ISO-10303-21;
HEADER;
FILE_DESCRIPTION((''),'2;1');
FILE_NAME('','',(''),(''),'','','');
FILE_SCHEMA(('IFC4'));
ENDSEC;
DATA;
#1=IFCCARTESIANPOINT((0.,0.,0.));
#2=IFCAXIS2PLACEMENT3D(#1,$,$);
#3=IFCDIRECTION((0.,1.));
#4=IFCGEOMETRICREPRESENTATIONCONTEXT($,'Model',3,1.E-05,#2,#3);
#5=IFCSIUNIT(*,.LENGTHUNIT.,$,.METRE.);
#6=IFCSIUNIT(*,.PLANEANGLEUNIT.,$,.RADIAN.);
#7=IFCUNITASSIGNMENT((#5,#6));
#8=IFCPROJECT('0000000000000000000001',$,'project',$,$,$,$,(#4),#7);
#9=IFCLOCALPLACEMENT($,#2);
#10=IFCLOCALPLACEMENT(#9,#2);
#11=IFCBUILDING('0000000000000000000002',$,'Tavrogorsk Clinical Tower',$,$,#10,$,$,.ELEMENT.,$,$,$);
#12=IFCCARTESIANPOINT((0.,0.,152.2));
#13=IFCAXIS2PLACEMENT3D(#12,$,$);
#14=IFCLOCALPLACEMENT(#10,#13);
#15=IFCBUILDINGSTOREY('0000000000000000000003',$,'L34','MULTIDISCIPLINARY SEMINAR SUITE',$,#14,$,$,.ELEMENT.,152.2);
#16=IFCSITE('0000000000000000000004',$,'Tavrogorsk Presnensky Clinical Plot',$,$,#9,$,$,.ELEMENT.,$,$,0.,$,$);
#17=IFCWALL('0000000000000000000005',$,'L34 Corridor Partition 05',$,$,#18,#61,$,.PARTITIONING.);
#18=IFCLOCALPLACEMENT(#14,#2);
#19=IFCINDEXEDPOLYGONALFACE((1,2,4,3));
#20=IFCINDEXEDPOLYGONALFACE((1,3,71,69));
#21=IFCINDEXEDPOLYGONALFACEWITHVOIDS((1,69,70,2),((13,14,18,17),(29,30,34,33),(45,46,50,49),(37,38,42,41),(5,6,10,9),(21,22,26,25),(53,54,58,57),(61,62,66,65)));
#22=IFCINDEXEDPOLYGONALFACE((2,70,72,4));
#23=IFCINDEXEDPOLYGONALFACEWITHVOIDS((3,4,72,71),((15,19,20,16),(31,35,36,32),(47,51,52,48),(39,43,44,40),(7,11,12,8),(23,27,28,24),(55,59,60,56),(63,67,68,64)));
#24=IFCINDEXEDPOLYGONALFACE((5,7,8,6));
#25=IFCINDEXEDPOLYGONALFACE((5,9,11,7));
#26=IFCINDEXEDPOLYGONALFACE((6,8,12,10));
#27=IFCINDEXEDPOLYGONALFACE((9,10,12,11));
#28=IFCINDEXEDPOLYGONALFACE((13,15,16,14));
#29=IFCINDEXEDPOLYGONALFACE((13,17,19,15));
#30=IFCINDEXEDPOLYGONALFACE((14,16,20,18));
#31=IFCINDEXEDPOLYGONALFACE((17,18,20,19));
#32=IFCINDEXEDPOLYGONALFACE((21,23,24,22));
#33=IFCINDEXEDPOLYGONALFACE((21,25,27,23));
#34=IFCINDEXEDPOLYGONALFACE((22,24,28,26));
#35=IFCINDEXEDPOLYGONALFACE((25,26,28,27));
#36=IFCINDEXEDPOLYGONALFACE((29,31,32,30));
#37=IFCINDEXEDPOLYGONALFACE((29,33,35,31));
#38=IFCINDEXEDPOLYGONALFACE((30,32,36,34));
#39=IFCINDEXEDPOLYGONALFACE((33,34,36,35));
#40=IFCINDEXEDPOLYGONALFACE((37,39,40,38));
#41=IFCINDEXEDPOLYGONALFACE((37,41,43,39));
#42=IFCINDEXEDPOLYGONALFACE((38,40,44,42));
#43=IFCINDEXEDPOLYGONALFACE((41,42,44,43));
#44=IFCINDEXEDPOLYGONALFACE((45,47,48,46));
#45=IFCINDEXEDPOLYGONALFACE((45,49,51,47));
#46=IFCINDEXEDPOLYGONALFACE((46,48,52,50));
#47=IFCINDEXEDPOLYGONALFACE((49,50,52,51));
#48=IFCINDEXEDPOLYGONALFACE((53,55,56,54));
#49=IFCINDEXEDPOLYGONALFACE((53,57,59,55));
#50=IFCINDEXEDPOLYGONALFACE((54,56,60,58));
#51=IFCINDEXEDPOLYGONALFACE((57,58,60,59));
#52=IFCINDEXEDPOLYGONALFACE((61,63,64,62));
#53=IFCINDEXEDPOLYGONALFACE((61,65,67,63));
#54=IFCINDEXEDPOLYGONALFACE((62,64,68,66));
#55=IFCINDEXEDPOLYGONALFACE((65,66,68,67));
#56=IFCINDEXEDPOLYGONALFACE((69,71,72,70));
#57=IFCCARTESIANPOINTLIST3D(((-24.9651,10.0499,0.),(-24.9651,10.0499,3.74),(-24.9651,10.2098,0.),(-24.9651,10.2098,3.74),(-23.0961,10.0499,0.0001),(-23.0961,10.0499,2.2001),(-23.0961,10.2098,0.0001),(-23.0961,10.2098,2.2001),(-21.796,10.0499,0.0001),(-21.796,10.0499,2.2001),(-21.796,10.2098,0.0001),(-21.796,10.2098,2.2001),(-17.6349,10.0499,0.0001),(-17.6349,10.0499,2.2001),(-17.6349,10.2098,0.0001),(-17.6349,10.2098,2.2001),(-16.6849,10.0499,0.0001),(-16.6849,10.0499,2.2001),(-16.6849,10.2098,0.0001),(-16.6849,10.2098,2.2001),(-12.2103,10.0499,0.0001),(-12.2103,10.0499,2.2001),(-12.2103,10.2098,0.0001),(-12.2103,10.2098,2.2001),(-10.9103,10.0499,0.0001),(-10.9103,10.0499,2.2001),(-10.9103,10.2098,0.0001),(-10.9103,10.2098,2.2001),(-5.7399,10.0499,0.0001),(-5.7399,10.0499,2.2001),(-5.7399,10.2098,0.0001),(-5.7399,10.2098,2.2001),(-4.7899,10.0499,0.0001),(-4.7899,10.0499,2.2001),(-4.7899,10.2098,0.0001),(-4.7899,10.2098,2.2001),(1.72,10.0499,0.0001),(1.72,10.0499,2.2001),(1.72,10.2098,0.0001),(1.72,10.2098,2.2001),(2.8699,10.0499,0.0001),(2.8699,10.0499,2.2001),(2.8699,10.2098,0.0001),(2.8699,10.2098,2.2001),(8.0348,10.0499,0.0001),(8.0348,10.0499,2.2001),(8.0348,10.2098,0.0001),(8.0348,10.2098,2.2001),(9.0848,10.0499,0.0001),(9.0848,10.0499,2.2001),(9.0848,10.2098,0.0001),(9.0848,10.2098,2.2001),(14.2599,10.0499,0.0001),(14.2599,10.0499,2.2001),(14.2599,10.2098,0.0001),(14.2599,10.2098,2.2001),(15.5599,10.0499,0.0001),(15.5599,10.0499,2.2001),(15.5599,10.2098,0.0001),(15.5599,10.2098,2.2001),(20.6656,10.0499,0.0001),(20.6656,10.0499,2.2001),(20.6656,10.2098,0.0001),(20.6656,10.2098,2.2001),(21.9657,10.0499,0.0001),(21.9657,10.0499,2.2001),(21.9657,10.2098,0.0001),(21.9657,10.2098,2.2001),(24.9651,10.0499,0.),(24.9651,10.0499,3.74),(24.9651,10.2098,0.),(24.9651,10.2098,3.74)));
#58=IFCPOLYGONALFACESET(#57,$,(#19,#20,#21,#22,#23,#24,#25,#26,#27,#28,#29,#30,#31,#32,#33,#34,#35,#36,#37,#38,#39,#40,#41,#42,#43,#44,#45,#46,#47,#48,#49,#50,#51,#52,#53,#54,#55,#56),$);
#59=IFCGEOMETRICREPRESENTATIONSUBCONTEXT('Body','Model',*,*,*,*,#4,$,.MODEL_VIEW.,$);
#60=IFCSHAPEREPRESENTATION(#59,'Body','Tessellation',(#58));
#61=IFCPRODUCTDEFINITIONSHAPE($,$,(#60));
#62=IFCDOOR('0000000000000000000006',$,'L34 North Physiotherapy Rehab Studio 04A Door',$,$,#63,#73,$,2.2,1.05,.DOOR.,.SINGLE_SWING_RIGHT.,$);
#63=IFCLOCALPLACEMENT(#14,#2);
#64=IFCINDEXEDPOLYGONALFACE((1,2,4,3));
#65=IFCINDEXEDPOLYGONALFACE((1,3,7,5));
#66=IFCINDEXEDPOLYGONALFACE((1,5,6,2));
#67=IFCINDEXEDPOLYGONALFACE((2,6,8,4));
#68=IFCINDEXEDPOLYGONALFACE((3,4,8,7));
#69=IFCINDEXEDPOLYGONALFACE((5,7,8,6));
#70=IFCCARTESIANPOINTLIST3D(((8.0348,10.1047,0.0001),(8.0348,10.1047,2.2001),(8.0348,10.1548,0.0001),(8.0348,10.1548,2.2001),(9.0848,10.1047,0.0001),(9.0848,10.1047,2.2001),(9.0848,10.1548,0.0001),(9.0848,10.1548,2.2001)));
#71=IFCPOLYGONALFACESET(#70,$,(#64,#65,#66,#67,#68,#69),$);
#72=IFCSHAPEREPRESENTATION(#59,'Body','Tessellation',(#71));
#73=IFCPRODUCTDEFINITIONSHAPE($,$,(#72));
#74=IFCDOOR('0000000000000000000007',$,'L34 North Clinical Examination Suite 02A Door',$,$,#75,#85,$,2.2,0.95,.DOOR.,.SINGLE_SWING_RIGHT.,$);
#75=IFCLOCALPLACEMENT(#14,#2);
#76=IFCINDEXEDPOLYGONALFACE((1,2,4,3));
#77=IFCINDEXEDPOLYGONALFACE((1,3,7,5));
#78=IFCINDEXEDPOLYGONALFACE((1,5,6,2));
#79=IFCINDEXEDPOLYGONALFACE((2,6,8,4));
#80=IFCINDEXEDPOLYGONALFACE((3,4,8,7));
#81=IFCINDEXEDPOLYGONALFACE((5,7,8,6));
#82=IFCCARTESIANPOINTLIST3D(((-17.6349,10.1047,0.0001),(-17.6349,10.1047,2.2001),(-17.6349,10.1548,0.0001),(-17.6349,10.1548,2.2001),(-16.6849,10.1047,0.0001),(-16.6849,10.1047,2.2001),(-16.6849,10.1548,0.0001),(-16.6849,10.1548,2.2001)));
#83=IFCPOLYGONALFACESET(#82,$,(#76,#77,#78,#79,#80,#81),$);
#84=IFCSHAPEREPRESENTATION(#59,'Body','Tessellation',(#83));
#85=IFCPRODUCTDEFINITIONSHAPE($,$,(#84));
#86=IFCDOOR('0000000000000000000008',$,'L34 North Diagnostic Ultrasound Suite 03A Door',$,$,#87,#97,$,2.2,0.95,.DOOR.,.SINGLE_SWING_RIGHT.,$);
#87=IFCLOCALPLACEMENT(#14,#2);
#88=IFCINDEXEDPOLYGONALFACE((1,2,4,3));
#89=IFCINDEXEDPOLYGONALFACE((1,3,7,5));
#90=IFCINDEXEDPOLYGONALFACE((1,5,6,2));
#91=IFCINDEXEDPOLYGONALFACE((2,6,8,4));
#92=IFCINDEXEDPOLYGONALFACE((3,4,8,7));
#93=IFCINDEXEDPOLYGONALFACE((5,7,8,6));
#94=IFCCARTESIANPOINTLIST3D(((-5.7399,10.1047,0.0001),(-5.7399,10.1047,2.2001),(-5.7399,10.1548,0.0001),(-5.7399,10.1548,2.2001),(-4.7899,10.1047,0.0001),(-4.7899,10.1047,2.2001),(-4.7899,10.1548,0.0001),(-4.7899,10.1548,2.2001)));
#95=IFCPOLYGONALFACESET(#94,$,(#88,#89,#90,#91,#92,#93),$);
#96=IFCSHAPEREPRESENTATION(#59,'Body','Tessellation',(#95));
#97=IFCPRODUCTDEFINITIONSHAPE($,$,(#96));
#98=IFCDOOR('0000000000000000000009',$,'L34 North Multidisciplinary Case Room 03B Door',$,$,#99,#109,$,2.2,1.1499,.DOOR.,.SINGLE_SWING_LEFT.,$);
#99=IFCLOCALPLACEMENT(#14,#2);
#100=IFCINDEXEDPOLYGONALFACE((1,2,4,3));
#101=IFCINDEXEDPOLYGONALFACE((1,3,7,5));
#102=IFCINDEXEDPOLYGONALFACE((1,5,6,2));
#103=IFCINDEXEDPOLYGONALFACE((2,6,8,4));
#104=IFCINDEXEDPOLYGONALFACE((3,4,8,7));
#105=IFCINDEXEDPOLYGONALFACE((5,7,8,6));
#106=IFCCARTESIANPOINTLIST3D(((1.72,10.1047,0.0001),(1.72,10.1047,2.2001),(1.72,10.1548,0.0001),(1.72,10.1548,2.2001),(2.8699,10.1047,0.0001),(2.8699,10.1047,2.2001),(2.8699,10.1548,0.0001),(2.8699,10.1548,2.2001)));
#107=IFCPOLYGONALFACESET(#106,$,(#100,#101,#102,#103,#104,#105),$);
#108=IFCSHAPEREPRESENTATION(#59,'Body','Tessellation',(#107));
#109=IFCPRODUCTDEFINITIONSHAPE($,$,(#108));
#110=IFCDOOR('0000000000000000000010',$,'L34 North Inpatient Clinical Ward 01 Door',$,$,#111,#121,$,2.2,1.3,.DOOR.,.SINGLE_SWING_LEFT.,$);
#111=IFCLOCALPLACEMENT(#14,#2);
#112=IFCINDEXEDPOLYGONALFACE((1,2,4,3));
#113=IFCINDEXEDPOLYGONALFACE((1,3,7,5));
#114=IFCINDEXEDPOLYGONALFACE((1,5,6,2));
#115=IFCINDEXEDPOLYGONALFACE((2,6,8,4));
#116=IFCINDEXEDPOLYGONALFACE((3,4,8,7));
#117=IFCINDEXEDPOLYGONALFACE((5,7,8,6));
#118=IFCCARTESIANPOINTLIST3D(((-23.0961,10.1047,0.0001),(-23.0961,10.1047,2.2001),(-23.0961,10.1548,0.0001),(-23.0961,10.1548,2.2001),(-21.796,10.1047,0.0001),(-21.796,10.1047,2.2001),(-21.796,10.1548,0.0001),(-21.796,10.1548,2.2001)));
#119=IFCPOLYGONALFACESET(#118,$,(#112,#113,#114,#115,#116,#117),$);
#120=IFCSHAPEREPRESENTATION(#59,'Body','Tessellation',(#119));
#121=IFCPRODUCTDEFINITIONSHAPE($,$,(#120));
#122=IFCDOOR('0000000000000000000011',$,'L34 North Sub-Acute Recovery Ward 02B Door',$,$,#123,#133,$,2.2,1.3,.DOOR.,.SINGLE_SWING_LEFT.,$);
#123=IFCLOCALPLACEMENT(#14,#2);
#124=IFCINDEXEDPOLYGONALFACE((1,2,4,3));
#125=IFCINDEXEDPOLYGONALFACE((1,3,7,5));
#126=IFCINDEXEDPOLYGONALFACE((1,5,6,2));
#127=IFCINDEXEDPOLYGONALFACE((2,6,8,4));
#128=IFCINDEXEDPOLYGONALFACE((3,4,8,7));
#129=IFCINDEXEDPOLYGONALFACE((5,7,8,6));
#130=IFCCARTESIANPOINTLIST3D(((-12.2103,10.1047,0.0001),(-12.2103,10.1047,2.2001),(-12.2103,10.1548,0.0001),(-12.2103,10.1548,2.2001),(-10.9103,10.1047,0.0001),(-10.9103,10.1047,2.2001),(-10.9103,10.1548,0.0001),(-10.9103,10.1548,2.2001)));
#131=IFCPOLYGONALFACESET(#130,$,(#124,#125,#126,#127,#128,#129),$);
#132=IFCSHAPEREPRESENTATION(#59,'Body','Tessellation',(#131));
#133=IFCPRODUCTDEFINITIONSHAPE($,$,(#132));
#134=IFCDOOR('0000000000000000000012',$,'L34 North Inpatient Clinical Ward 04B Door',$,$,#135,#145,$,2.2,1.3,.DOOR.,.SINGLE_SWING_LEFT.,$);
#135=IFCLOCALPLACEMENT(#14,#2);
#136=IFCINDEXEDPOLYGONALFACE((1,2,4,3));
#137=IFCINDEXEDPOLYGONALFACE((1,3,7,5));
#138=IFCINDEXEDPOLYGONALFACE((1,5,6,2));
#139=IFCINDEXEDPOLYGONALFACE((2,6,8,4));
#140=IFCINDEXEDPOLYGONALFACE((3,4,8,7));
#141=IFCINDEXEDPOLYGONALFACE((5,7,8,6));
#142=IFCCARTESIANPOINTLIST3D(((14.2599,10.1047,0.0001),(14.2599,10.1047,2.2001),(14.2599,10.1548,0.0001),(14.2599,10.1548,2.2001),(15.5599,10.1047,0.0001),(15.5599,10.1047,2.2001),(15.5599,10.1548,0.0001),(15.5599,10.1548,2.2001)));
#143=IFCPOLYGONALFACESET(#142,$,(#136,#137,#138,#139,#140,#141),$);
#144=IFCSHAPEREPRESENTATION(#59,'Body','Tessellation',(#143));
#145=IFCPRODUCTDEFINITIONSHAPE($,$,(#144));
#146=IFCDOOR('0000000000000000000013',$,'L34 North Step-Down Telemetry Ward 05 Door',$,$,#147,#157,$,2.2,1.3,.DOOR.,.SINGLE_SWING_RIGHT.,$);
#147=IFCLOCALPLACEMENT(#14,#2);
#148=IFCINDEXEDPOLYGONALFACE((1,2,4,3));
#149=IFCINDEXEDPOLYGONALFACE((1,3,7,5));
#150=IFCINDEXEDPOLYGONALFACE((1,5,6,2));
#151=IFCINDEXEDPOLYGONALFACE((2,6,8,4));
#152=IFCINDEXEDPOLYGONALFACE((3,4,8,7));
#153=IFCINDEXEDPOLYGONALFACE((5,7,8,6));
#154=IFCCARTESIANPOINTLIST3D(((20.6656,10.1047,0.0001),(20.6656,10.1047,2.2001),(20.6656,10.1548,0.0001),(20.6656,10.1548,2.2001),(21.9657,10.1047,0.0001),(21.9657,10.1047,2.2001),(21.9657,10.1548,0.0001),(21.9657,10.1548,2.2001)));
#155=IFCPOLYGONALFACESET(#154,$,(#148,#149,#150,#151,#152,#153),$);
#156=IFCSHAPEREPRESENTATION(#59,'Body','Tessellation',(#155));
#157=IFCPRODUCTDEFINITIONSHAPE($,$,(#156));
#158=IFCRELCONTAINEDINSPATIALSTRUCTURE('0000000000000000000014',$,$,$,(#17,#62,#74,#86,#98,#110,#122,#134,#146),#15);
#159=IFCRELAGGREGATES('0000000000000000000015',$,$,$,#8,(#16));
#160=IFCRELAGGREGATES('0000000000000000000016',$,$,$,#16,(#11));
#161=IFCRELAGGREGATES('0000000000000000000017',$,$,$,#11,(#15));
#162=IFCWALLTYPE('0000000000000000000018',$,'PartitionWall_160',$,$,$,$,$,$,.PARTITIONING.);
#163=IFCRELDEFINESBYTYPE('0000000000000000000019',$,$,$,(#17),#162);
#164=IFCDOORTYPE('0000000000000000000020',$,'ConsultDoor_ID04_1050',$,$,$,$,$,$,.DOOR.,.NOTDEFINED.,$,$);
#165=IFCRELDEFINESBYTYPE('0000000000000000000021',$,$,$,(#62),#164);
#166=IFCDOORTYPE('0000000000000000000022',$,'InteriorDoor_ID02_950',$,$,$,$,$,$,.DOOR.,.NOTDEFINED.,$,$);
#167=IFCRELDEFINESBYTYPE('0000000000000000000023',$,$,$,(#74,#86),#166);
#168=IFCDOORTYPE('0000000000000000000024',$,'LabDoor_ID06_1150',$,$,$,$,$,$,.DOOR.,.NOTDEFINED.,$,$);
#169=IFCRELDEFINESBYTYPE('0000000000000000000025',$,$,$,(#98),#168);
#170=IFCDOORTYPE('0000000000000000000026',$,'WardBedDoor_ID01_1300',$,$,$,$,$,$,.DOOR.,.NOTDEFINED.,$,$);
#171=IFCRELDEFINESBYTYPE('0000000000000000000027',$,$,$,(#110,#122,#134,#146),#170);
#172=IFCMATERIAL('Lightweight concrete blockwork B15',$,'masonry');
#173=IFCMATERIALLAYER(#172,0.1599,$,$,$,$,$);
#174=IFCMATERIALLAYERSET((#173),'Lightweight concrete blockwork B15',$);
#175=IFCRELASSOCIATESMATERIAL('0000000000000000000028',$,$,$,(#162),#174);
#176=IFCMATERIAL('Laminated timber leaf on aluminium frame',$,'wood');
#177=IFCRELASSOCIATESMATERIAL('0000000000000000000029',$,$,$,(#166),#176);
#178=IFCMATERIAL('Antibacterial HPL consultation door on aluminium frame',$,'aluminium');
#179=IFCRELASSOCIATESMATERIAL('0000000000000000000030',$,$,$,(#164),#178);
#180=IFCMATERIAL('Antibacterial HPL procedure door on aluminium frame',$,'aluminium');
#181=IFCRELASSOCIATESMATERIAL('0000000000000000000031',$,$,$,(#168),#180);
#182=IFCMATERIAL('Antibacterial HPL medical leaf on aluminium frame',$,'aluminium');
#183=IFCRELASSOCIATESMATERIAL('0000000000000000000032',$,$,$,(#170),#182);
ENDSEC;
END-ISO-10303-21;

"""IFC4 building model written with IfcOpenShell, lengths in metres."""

from ifc_helpers import new_model, si_unit, direction, frame, frame_2d, origin, place, context, subcontext, project, spatial, rectangle, extrude, material, layer, layer_set, type_object, element, fill, save


model = new_model("IFC4")

# Units and contexts
model_context = context("Model", 3, precision=1e-05, world=origin(), true_north=direction((0.0, 1.0)))
body_context = subcontext(model_context, "Body", "Model", "MODEL_VIEW")
ifc_project = project(units=[si_unit("LENGTHUNIT", "METRE"), si_unit("PLANEANGLEUNIT", "RADIAN")], contexts=[model_context])

# Site, building, storey
site_placement = place(None, origin())
site = spatial("IfcSite", under=ifc_project, at=site_placement, Name="Tavrogorsk Presnensky Clinical Plot", CompositionType="ELEMENT", RefElevation=0.0)
building_placement = place(site_placement, origin())
building = spatial("IfcBuilding", under=site, at=building_placement, Name="Tavrogorsk Clinical Tower", CompositionType="ELEMENT")
storey_placement = place(building_placement, frame((0.0, 0.0, 152.2)))
storey = spatial("IfcBuildingStorey", under=building, at=storey_placement, Name="L34", Description="MULTIDISCIPLINARY SEMINAR SUITE", CompositionType="ELEMENT", Elevation=152.2)

# Shared definitions
ifc_material_1 = material(Name="Lightweight concrete blockwork B15", Category="masonry")
ifc_layer_1 = layer(ifc_material_1, 0.1599)
ifc_layer_set_1 = layer_set([ifc_layer_1], Name="Lightweight concrete blockwork B15")
wall_type_1 = type_object("IfcWallType", Name="PartitionWall_160", PredefinedType="PARTITIONING", material=ifc_layer_set_1)
ifc_material_2 = material(Name="Laminated timber leaf on aluminium frame", Category="wood")
door_type_1 = type_object("IfcDoorType", Name="InteriorDoor_ID02_950", OperationType="NOTDEFINED", PredefinedType="DOOR", material=ifc_material_2)

# Wall, openings, doors
wall_1_placement = place(storey_placement, frame((-24.9651, 10.1299, 0.0), z_axis=(0.0, 0.0, 1.0), x_axis=(1.0, 0.0, 0.0)))
wall_1 = element("IfcWall", 1, at=wall_1_placement, inside=storey, type_object=wall_type_1, Name="L34 Corridor Partition 05", PredefinedType="PARTITIONING", context=body_context, shape_type="SweptSolid", body=[
    extrude(rectangle(XDim=49.9302, YDim=0.1599, at=frame_2d((24.9651, 0.0))), origin(), (0.0, 0.0, 1.0), 3.74),
])
opening_1_placement = place(wall_1_placement, frame((1.8691, 0.0, 0.0)))
opening_1 = element("IfcOpeningElement", 2, at=opening_1_placement, cuts=wall_1, PredefinedType="OPENING", context=body_context, shape_type="SweptSolid", body=[
    extrude(rectangle(XDim=1.3, YDim=2.2, at=frame_2d((0.6499, 1.1001))), frame((0.0, 0.0898, 0.0), z_axis=(0.0, -1.0, 0.0), x_axis=(1.0, 0.0, 0.0)), (0.0, 0.0, 1.0), 0.1799),
])
opening_2_placement = place(wall_1_placement, frame((7.3301, 0.0, 0.0)))
opening_2 = element("IfcOpeningElement", 3, at=opening_2_placement, cuts=wall_1, PredefinedType="OPENING", context=body_context, shape_type="SweptSolid", body=[
    extrude(rectangle(XDim=0.95, YDim=2.2, at=frame_2d((0.4751, 1.1001))), frame((0.0, 0.0898, 0.0), z_axis=(0.0, -1.0, 0.0), x_axis=(1.0, 0.0, 0.0)), (0.0, 0.0, 1.0), 0.1799),
])
opening_3_placement = place(wall_1_placement, frame((12.7549, 0.0, 0.0)))
opening_3 = element("IfcOpeningElement", 4, at=opening_3_placement, cuts=wall_1, PredefinedType="OPENING", context=body_context, shape_type="SweptSolid", body=[
    extrude(rectangle(XDim=1.3, YDim=2.2, at=frame_2d((0.6499, 1.1001))), frame((0.0, 0.0898, 0.0), z_axis=(0.0, -1.0, 0.0), x_axis=(1.0, 0.0, 0.0)), (0.0, 0.0, 1.0), 0.1799),
])
opening_4_placement = place(wall_1_placement, frame((19.2251, 0.0, 0.0)))
opening_4 = element("IfcOpeningElement", 5, at=opening_4_placement, cuts=wall_1, PredefinedType="OPENING", context=body_context, shape_type="SweptSolid", body=[
    extrude(rectangle(XDim=0.95, YDim=2.2, at=frame_2d((0.4751, 1.1001))), frame((0.0, 0.0898, 0.0), z_axis=(0.0, -1.0, 0.0), x_axis=(1.0, 0.0, 0.0)), (0.0, 0.0, 1.0), 0.1799),
])
opening_5_placement = place(wall_1_placement, frame((26.6851, 0.0, 0.0)))
opening_5 = element("IfcOpeningElement", 6, at=opening_5_placement, cuts=wall_1, PredefinedType="OPENING", context=body_context, shape_type="SweptSolid", body=[
    extrude(rectangle(XDim=1.1499, YDim=2.2, at=frame_2d((0.575, 1.1001))), frame((0.0, 0.0898, 0.0), z_axis=(0.0, -1.0, 0.0), x_axis=(1.0, 0.0, 0.0)), (0.0, 0.0, 1.0), 0.1799),
])
opening_6_placement = place(wall_1_placement, frame((33.0, 0.0, 0.0)))
opening_6 = element("IfcOpeningElement", 7, at=opening_6_placement, cuts=wall_1, PredefinedType="OPENING", context=body_context, shape_type="SweptSolid", body=[
    extrude(rectangle(XDim=1.05, YDim=2.2, at=frame_2d((0.5249, 1.1001))), frame((0.0, 0.0898, 0.0), z_axis=(0.0, -1.0, 0.0), x_axis=(1.0, 0.0, 0.0)), (0.0, 0.0, 1.0), 0.1799),
])
opening_7_placement = place(wall_1_placement, frame((39.2251, 0.0, 0.0)))
opening_7 = element("IfcOpeningElement", 8, at=opening_7_placement, cuts=wall_1, PredefinedType="OPENING", context=body_context, shape_type="SweptSolid", body=[
    extrude(rectangle(XDim=1.3, YDim=2.2, at=frame_2d((0.6499, 1.1001))), frame((0.0, 0.0898, 0.0), z_axis=(0.0, -1.0, 0.0), x_axis=(1.0, 0.0, 0.0)), (0.0, 0.0, 1.0), 0.1799),
])
opening_8_placement = place(wall_1_placement, frame((45.6309, 0.0, 0.0)))
opening_8 = element("IfcOpeningElement", 9, at=opening_8_placement, cuts=wall_1, PredefinedType="OPENING", context=body_context, shape_type="SweptSolid", body=[
    extrude(rectangle(XDim=1.3, YDim=2.2, at=frame_2d((0.6499, 1.1001))), frame((0.0, 0.0898, 0.0), z_axis=(0.0, -1.0, 0.0), x_axis=(1.0, 0.0, 0.0)), (0.0, 0.0, 1.0), 0.1799),
])
ifc_material_3 = material(Name="Antibacterial HPL consultation door on aluminium frame", Category="aluminium")
door_type_2 = type_object("IfcDoorType", Name="ConsultDoor_ID04_1050", OperationType="NOTDEFINED", PredefinedType="DOOR", material=ifc_material_3)
door_1_placement = place(opening_6_placement, origin())
door_1 = element("IfcDoor", 10, at=door_1_placement, inside=storey, type_object=door_type_2, Name="L34 North Physiotherapy Rehab Studio 04A Door", OperationType="SINGLE_SWING_RIGHT", OverallHeight=2.2, OverallWidth=1.05, PredefinedType="DOOR", context=body_context, shape_type="SweptSolid", body=[
    extrude(rectangle(XDim=1.05, YDim=2.2, at=frame_2d((0.5249, 1.1001))), frame((0.0, 0.0249, 0.0), z_axis=(0.0, -1.0, 0.0), x_axis=(1.0, 0.0, 0.0)), (0.0, 0.0, 1.0), 0.05),
])
fill(opening_6, door_1)
door_2_placement = place(opening_2_placement, origin())
door_2 = element("IfcDoor", 11, at=door_2_placement, inside=storey, type_object=door_type_1, Name="L34 North Clinical Examination Suite 02A Door", OperationType="SINGLE_SWING_RIGHT", OverallHeight=2.2, OverallWidth=0.95, PredefinedType="DOOR", context=body_context, shape_type="SweptSolid", body=[
    extrude(rectangle(XDim=0.95, YDim=2.2, at=frame_2d((0.4751, 1.1001))), frame((0.0, 0.0249, 0.0), z_axis=(0.0, -1.0, 0.0), x_axis=(1.0, 0.0, 0.0)), (0.0, 0.0, 1.0), 0.05),
])
fill(opening_2, door_2)
door_3_placement = place(opening_4_placement, origin())
door_3 = element("IfcDoor", 12, at=door_3_placement, inside=storey, type_object=door_type_1, Name="L34 North Diagnostic Ultrasound Suite 03A Door", OperationType="SINGLE_SWING_RIGHT", OverallHeight=2.2, OverallWidth=0.95, PredefinedType="DOOR", context=body_context, shape_type="SweptSolid", body=[
    extrude(rectangle(XDim=0.95, YDim=2.2, at=frame_2d((0.4751, 1.1001))), frame((0.0, 0.0249, 0.0), z_axis=(0.0, -1.0, 0.0), x_axis=(1.0, 0.0, 0.0)), (0.0, 0.0, 1.0), 0.05),
])
fill(opening_4, door_3)
ifc_material_4 = material(Name="Antibacterial HPL procedure door on aluminium frame", Category="aluminium")
door_type_3 = type_object("IfcDoorType", Name="LabDoor_ID06_1150", OperationType="NOTDEFINED", PredefinedType="DOOR", material=ifc_material_4)
door_4_placement = place(opening_5_placement, origin())
door_4 = element("IfcDoor", 13, at=door_4_placement, inside=storey, type_object=door_type_3, Name="L34 North Multidisciplinary Case Room 03B Door", OperationType="SINGLE_SWING_LEFT", OverallHeight=2.2, OverallWidth=1.1499, PredefinedType="DOOR", context=body_context, shape_type="SweptSolid", body=[
    extrude(rectangle(XDim=1.1499, YDim=2.2, at=frame_2d((0.575, 1.1001))), frame((0.0, 0.0249, 0.0), z_axis=(0.0, -1.0, 0.0), x_axis=(1.0, 0.0, 0.0)), (0.0, 0.0, 1.0), 0.05),
])
fill(opening_5, door_4)
ifc_material_5 = material(Name="Antibacterial HPL medical leaf on aluminium frame", Category="aluminium")
door_type_4 = type_object("IfcDoorType", Name="WardBedDoor_ID01_1300", OperationType="NOTDEFINED", PredefinedType="DOOR", material=ifc_material_5)
door_5_placement = place(opening_1_placement, origin())
door_5 = element("IfcDoor", 14, at=door_5_placement, inside=storey, type_object=door_type_4, Name="L34 North Inpatient Clinical Ward 01 Door", OperationType="SINGLE_SWING_LEFT", OverallHeight=2.2, OverallWidth=1.3, PredefinedType="DOOR", context=body_context, shape_type="SweptSolid", body=[
    extrude(rectangle(XDim=1.3, YDim=2.2, at=frame_2d((0.6499, 1.1001))), frame((0.0, 0.0249, 0.0), z_axis=(0.0, -1.0, 0.0), x_axis=(1.0, 0.0, 0.0)), (0.0, 0.0, 1.0), 0.05),
])
fill(opening_1, door_5)
door_6_placement = place(opening_3_placement, origin())
door_6 = element("IfcDoor", 15, at=door_6_placement, inside=storey, type_object=door_type_4, Name="L34 North Sub-Acute Recovery Ward 02B Door", OperationType="SINGLE_SWING_LEFT", OverallHeight=2.2, OverallWidth=1.3, PredefinedType="DOOR", context=body_context, shape_type="SweptSolid", body=[
    extrude(rectangle(XDim=1.3, YDim=2.2, at=frame_2d((0.6499, 1.1001))), frame((0.0, 0.0249, 0.0), z_axis=(0.0, -1.0, 0.0), x_axis=(1.0, 0.0, 0.0)), (0.0, 0.0, 1.0), 0.05),
])
fill(opening_3, door_6)
door_7_placement = place(opening_7_placement, origin())
door_7 = element("IfcDoor", 16, at=door_7_placement, inside=storey, type_object=door_type_4, Name="L34 North Inpatient Clinical Ward 04B Door", OperationType="SINGLE_SWING_LEFT", OverallHeight=2.2, OverallWidth=1.3, PredefinedType="DOOR", context=body_context, shape_type="SweptSolid", body=[
    extrude(rectangle(XDim=1.3, YDim=2.2, at=frame_2d((0.6499, 1.1001))), frame((0.0, 0.0249, 0.0), z_axis=(0.0, -1.0, 0.0), x_axis=(1.0, 0.0, 0.0)), (0.0, 0.0, 1.0), 0.05),
])
fill(opening_7, door_7)
door_8_placement = place(opening_8_placement, origin())
door_8 = element("IfcDoor", 17, at=door_8_placement, inside=storey, type_object=door_type_4, Name="L34 North Step-Down Telemetry Ward 05 Door", OperationType="SINGLE_SWING_RIGHT", OverallHeight=2.2, OverallWidth=1.3, PredefinedType="DOOR", context=body_context, shape_type="SweptSolid", body=[
    extrude(rectangle(XDim=1.3, YDim=2.2, at=frame_2d((0.6499, 1.1001))), frame((0.0, 0.0249, 0.0), z_axis=(0.0, -1.0, 0.0), x_axis=(1.0, 0.0, 0.0)), (0.0, 0.0, 1.0), 0.05),
])
fill(opening_8, door_8)

save(model, "model.ifc")
